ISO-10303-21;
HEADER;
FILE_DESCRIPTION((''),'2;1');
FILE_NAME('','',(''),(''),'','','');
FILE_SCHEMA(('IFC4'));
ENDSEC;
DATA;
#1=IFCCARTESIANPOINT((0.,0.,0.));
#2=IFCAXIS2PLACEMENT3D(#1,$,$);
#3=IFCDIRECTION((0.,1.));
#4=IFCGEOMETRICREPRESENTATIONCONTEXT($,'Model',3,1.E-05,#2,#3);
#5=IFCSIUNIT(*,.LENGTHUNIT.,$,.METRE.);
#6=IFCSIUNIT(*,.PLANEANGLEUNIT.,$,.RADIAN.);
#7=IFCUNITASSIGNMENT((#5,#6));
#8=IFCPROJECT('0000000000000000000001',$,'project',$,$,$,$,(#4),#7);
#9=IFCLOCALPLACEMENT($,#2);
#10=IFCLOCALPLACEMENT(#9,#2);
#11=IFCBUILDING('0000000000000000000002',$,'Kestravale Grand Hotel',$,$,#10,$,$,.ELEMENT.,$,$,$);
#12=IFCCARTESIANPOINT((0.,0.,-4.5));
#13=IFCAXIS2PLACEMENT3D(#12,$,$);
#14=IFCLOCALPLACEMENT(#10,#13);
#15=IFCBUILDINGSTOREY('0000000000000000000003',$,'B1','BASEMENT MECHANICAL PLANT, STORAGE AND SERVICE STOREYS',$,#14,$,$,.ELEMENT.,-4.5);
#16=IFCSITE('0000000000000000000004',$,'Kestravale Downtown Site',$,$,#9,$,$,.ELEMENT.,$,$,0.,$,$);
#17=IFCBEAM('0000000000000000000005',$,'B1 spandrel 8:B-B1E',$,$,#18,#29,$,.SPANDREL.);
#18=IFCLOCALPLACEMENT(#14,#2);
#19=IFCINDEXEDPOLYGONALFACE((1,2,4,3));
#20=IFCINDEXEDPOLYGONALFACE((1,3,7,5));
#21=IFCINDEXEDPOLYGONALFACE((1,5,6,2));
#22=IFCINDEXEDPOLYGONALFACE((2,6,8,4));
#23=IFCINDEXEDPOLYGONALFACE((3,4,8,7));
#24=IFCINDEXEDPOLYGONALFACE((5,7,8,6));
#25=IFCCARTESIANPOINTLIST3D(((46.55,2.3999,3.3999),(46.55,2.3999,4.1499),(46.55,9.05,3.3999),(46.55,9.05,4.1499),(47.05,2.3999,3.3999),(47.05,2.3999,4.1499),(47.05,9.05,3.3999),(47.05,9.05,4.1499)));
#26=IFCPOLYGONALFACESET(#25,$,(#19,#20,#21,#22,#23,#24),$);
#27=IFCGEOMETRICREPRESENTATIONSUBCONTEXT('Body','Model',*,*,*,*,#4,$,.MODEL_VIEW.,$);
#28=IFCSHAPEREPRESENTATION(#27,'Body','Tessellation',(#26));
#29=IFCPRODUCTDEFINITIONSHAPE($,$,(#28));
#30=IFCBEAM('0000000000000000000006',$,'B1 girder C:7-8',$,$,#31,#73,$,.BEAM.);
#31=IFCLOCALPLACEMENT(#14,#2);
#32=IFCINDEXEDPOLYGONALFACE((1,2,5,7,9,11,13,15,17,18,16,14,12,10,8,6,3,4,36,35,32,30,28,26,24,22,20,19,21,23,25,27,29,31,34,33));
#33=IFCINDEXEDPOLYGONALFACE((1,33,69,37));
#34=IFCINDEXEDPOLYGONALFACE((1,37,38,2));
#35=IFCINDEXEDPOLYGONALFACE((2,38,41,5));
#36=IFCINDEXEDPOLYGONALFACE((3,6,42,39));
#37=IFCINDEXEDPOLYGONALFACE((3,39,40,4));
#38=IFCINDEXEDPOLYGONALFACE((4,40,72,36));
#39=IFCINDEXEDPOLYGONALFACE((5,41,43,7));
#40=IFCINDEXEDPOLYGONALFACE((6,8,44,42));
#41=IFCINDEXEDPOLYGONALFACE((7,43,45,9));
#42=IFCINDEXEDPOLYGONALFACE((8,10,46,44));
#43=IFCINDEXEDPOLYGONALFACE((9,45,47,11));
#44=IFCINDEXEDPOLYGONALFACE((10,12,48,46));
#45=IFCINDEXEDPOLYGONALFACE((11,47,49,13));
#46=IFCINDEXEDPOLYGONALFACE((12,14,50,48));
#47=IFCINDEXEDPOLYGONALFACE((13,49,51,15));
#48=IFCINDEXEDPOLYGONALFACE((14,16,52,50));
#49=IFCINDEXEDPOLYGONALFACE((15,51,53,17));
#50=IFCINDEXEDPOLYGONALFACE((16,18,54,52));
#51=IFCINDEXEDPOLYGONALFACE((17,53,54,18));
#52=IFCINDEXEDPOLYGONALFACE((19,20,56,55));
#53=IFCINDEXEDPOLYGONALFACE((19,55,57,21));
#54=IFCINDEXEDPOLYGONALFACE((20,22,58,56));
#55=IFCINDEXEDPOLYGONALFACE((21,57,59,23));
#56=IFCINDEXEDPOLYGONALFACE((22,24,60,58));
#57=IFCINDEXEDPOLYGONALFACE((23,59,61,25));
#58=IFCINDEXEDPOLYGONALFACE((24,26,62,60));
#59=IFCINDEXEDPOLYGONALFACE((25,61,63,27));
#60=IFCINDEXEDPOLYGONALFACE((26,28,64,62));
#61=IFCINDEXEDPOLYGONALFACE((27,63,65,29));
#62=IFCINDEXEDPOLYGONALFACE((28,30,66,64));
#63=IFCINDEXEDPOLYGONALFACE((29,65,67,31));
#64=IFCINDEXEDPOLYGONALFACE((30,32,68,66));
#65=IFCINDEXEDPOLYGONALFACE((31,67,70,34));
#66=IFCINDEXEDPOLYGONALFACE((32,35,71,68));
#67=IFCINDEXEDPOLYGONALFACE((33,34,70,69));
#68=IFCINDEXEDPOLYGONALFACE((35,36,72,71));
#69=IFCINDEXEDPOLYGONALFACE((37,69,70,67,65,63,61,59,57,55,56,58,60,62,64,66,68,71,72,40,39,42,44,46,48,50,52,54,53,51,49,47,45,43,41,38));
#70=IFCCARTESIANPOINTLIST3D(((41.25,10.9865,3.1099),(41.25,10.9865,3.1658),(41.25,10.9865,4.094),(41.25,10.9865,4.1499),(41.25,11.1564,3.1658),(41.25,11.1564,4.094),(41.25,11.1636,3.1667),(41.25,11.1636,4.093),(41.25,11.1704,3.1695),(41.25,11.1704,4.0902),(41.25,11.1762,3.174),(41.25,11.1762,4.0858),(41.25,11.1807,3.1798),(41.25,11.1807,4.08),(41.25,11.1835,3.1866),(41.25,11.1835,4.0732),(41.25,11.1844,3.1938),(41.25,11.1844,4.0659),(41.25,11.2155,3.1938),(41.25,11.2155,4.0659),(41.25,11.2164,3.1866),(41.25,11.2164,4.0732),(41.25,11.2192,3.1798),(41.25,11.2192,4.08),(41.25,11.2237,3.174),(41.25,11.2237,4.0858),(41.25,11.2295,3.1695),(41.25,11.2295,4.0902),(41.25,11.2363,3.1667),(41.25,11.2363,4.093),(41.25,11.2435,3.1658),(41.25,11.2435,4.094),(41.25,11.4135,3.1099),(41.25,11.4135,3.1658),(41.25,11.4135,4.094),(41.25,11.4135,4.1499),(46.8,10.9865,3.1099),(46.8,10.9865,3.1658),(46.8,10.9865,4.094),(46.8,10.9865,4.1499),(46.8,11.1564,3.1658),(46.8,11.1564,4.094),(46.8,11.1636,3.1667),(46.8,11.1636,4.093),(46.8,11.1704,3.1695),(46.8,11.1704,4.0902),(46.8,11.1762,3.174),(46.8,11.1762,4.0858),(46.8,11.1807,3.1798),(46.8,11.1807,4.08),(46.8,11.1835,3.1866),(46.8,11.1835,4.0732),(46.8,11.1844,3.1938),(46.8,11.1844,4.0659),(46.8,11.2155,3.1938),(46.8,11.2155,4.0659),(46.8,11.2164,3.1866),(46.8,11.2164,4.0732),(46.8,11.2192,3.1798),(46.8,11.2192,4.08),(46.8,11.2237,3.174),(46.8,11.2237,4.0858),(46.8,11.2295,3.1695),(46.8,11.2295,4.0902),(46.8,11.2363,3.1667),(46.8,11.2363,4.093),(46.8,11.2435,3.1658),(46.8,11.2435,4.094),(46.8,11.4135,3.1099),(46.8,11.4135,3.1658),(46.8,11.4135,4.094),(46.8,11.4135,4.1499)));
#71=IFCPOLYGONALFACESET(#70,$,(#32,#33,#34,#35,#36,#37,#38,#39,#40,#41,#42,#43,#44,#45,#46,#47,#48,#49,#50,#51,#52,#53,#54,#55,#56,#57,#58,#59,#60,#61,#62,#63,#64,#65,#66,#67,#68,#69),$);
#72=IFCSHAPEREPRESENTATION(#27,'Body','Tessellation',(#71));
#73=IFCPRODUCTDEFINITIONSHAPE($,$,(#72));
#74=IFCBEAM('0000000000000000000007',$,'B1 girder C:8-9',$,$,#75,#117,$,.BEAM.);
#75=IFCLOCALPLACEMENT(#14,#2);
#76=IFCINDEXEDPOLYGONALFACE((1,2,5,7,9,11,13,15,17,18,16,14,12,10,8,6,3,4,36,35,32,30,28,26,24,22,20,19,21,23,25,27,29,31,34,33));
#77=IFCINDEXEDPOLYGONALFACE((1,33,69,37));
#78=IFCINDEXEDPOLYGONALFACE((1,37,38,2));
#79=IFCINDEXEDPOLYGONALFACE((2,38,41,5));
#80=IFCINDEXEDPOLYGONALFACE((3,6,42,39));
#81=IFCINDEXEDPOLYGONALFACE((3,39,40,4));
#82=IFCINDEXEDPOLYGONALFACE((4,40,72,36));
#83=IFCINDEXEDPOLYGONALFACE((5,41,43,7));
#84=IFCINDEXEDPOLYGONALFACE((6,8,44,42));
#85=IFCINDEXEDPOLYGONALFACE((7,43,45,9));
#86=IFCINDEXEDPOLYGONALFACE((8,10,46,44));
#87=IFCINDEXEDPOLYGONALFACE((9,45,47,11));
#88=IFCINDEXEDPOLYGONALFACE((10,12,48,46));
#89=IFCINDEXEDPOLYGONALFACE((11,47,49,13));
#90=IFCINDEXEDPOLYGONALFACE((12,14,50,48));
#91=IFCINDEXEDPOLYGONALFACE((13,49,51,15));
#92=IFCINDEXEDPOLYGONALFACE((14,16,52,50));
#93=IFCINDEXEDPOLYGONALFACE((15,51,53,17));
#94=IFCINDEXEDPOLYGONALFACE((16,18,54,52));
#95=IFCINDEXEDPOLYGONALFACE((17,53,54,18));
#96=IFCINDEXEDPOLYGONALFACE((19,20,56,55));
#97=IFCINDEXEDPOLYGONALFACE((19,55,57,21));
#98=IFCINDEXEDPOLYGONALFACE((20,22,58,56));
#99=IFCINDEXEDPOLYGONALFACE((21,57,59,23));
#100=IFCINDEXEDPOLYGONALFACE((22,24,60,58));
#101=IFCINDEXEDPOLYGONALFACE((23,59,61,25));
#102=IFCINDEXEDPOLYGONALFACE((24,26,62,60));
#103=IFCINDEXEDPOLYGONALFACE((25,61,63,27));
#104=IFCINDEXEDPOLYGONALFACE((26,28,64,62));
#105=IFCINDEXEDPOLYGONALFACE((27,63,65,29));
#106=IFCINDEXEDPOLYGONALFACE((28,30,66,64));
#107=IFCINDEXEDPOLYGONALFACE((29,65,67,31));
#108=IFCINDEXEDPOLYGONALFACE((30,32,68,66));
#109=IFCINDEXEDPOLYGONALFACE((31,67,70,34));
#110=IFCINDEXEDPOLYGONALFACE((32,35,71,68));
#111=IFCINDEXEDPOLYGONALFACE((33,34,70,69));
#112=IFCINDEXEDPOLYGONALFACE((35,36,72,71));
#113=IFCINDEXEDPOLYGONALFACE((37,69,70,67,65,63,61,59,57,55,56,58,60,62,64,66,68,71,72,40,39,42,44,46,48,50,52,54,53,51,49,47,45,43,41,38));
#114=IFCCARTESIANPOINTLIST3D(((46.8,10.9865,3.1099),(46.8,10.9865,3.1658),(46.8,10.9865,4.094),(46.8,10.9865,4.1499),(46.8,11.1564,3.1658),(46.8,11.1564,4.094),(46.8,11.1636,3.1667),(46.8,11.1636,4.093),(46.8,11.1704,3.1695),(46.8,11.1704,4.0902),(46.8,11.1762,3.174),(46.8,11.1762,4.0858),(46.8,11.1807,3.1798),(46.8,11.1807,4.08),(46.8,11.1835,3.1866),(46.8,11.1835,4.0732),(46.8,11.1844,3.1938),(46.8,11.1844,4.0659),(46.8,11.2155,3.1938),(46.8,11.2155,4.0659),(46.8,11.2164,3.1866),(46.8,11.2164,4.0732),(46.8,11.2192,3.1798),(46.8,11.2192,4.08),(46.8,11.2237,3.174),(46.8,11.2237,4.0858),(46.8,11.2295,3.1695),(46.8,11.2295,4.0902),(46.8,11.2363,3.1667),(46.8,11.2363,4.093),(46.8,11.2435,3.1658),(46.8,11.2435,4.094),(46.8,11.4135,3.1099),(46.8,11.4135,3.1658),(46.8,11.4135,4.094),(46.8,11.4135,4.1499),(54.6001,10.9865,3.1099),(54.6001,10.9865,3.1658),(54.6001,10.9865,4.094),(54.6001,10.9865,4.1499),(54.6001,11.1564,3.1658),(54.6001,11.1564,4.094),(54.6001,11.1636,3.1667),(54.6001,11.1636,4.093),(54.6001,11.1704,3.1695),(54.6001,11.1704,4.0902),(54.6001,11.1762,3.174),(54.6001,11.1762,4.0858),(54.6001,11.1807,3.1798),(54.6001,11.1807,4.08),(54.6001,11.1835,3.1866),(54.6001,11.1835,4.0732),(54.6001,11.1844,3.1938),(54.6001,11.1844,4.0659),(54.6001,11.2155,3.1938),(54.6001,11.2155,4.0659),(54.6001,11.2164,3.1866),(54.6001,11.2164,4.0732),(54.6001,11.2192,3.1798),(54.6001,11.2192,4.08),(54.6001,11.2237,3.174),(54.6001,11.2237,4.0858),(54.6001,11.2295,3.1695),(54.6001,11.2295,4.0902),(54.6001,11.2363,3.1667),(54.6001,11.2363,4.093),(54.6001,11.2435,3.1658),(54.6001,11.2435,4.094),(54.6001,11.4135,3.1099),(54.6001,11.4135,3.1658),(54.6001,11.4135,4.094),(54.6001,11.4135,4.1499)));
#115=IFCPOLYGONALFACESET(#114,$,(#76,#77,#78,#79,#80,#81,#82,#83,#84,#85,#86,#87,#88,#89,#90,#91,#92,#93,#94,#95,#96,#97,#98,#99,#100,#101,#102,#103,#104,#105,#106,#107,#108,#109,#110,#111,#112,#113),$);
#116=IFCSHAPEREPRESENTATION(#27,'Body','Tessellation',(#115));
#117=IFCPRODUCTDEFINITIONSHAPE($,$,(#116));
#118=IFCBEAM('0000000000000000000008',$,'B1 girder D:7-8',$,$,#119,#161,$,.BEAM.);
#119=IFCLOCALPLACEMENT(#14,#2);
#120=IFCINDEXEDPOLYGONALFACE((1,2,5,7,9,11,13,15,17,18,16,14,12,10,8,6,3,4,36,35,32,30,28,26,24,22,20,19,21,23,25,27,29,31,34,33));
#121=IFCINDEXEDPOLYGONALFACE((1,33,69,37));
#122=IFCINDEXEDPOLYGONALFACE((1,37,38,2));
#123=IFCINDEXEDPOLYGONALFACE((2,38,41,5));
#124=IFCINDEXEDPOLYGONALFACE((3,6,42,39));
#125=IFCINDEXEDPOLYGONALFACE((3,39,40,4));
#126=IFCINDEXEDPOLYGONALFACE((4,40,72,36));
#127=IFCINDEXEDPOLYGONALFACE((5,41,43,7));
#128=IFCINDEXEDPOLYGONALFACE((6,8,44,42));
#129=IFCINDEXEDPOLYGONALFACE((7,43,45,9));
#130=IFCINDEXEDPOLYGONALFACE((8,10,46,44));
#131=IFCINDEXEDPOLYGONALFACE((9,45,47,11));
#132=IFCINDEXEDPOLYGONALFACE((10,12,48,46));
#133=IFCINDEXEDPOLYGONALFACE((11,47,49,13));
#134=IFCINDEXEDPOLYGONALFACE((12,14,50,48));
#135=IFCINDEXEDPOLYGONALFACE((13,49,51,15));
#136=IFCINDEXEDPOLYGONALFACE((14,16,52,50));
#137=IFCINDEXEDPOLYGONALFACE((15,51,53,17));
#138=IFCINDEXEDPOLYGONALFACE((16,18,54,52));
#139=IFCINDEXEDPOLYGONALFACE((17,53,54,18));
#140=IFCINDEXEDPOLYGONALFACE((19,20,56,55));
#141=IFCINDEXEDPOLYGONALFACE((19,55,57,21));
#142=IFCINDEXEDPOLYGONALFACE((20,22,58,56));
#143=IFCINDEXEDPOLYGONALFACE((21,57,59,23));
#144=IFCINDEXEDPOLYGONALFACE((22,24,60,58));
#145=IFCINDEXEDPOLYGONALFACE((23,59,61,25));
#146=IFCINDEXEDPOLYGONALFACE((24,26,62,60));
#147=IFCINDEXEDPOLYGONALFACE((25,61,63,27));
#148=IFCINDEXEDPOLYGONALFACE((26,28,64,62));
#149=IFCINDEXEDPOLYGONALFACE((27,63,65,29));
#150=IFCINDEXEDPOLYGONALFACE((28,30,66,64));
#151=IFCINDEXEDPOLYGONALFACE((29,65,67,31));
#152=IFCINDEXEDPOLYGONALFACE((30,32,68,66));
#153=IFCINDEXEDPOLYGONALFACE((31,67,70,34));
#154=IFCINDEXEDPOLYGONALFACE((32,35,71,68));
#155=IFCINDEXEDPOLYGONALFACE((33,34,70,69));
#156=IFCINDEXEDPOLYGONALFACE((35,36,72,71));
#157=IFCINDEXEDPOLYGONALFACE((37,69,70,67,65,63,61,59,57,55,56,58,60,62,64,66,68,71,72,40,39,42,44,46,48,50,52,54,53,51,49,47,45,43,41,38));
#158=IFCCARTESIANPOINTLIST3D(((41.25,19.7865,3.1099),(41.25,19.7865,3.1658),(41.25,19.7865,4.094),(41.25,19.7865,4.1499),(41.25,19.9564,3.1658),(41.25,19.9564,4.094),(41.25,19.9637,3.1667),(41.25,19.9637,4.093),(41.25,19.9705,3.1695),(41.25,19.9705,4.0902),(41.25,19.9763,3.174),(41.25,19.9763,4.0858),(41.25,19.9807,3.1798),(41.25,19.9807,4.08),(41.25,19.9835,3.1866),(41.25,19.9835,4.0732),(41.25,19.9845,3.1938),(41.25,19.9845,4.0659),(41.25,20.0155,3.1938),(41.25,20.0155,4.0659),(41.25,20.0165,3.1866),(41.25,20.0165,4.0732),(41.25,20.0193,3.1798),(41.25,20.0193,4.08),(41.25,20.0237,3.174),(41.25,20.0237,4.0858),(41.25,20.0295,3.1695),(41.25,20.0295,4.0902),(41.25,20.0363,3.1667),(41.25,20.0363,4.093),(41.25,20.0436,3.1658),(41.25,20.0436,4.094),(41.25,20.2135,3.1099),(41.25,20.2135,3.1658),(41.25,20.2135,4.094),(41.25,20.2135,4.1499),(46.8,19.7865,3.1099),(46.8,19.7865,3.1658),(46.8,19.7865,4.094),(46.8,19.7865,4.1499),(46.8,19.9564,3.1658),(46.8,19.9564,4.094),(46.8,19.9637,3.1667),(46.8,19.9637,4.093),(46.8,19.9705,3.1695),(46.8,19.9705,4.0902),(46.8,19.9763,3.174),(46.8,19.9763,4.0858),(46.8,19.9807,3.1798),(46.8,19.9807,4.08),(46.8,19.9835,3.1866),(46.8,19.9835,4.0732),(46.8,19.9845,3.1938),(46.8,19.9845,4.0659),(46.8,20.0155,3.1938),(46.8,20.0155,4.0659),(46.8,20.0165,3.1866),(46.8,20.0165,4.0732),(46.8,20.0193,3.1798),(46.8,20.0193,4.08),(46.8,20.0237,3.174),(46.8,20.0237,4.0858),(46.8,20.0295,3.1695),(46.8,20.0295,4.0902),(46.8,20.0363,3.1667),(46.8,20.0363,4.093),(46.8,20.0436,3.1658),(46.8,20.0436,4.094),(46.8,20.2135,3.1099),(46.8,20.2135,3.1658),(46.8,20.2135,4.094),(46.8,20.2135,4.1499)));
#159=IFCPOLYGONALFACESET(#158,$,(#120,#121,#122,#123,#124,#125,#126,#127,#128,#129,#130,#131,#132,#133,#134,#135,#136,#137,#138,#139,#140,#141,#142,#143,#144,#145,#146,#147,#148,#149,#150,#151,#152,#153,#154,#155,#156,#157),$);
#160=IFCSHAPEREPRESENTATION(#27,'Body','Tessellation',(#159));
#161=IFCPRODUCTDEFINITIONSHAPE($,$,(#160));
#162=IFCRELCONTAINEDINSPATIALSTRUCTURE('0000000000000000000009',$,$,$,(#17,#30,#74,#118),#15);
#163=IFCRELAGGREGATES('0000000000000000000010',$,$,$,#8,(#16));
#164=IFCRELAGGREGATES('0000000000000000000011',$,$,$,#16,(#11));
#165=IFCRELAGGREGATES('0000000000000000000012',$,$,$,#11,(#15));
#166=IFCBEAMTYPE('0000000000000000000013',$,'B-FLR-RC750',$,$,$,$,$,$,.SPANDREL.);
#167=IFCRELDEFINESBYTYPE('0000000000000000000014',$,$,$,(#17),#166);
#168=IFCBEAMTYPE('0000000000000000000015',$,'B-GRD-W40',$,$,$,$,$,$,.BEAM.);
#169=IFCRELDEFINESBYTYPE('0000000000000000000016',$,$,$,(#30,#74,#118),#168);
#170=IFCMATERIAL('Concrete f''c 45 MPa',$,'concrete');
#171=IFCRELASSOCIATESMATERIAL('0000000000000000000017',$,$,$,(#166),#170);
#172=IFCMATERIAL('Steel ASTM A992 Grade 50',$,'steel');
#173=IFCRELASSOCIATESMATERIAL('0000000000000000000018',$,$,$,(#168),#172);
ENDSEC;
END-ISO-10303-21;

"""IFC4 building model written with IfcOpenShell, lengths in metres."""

from ifc_helpers import new_model, si_unit, direction, frame, origin, origin_2d, place, context, subcontext, project, spatial, rectangle, i_section, extrude, material, material_profile, profile_set, type_object, element, save


model = new_model("IFC4")

# Units and contexts
model_context = context("Model", 3, precision=1e-05, world=origin(), true_north=direction((0.0, 1.0)))
body_context = subcontext(model_context, "Body", "Model", "MODEL_VIEW")
ifc_project = project(units=[si_unit("LENGTHUNIT", "METRE"), si_unit("PLANEANGLEUNIT", "RADIAN")], contexts=[model_context])

# Site, building, storey
site_placement = place(None, origin())
site = spatial("IfcSite", under=ifc_project, at=site_placement, Name="Kestravale Downtown Site", CompositionType="ELEMENT", RefElevation=0.0)
building_placement = place(site_placement, origin())
building = spatial("IfcBuilding", under=site, at=building_placement, Name="Kestravale Grand Hotel", CompositionType="ELEMENT")
storey_placement = place(building_placement, frame((0.0, 0.0, -4.5)))
storey = spatial("IfcBuildingStorey", under=building, at=storey_placement, Name="B1", Description="BASEMENT MECHANICAL PLANT, STORAGE AND SERVICE STOREYS", CompositionType="ELEMENT", Elevation=-4.5)

# Beams
ifc_material_1 = material(Name="Concrete f'c 45 MPa", Category="concrete")
ifc_material_profile_1 = material_profile(ifc_material_1, rectangle(XDim=0.5, YDim=0.75, at=origin_2d()))
ifc_profile_set_1 = profile_set([ifc_material_profile_1], Name="Concrete f'c 45 MPa")
beam_type_1 = type_object("IfcBeamType", Name="B-FLR-RC750", PredefinedType="SPANDREL", material=ifc_profile_set_1)
beam_1_placement = place(storey_placement, frame((46.8, 2.3999, 3.7749), z_axis=(0.0, 1.0, 0.0), x_axis=(-1.0, 0.0, 0.0)))
element("IfcBeam", 1, at=beam_1_placement, inside=storey, type_object=beam_type_1, Name="B1 spandrel 8:B-B1E", PredefinedType="SPANDREL", context=body_context, shape_type="SweptSolid", body=[
    extrude(rectangle(XDim=0.5, YDim=0.75, at=origin_2d()), origin(), (0.0, 0.0, 1.0), 6.6501),
])
ifc_material_2 = material(Name="Steel ASTM A992 Grade 50", Category="steel")
ifc_material_profile_2 = material_profile(ifc_material_2, i_section(OverallWidth=0.427, OverallDepth=1.04, WebThickness=0.031, FlangeThickness=0.0559, FilletRadius=0.0281, at=origin_2d()))
ifc_profile_set_2 = profile_set([ifc_material_profile_2], Name="Steel ASTM A992 Grade 50")
beam_type_2 = type_object("IfcBeamType", Name="B-GRD-W40", PredefinedType="BEAM", material=ifc_profile_set_2)
beam_2_placement = place(storey_placement, frame((41.25, 11.2, 3.6299), z_axis=(1.0, 0.0, 0.0), x_axis=(0.0, 1.0, 0.0)))
element("IfcBeam", 2, at=beam_2_placement, inside=storey, type_object=beam_type_2, Name="B1 girder C:7-8", PredefinedType="BEAM", context=body_context, shape_type="SweptSolid", body=[
    extrude(i_section(OverallWidth=0.427, OverallDepth=1.04, WebThickness=0.031, FlangeThickness=0.0559, FilletRadius=0.0281, at=origin_2d()), origin(), (0.0, 0.0, 1.0), 5.55),
])
beam_3_placement = place(storey_placement, frame((46.8, 11.2, 3.6299), z_axis=(1.0, 0.0, 0.0), x_axis=(0.0, 1.0, 0.0)))
element("IfcBeam", 3, at=beam_3_placement, inside=storey, type_object=beam_type_2, Name="B1 girder C:8-9", PredefinedType="BEAM", context=body_context, shape_type="SweptSolid", body=[
    extrude(i_section(OverallWidth=0.427, OverallDepth=1.04, WebThickness=0.031, FlangeThickness=0.0559, FilletRadius=0.0281, at=origin_2d()), origin(), (0.0, 0.0, 1.0), 7.8),
])
beam_4_placement = place(storey_placement, frame((41.25, 20.0, 3.6299), z_axis=(1.0, 0.0, 0.0), x_axis=(0.0, 1.0, 0.0)))
element("IfcBeam", 4, at=beam_4_placement, inside=storey, type_object=beam_type_2, Name="B1 girder D:7-8", PredefinedType="BEAM", context=body_context, shape_type="SweptSolid", body=[
    extrude(i_section(OverallWidth=0.427, OverallDepth=1.04, WebThickness=0.031, FlangeThickness=0.0559, FilletRadius=0.0281, at=origin_2d()), origin(), (0.0, 0.0, 1.0), 5.55),
])

save(model, "model.ifc")
